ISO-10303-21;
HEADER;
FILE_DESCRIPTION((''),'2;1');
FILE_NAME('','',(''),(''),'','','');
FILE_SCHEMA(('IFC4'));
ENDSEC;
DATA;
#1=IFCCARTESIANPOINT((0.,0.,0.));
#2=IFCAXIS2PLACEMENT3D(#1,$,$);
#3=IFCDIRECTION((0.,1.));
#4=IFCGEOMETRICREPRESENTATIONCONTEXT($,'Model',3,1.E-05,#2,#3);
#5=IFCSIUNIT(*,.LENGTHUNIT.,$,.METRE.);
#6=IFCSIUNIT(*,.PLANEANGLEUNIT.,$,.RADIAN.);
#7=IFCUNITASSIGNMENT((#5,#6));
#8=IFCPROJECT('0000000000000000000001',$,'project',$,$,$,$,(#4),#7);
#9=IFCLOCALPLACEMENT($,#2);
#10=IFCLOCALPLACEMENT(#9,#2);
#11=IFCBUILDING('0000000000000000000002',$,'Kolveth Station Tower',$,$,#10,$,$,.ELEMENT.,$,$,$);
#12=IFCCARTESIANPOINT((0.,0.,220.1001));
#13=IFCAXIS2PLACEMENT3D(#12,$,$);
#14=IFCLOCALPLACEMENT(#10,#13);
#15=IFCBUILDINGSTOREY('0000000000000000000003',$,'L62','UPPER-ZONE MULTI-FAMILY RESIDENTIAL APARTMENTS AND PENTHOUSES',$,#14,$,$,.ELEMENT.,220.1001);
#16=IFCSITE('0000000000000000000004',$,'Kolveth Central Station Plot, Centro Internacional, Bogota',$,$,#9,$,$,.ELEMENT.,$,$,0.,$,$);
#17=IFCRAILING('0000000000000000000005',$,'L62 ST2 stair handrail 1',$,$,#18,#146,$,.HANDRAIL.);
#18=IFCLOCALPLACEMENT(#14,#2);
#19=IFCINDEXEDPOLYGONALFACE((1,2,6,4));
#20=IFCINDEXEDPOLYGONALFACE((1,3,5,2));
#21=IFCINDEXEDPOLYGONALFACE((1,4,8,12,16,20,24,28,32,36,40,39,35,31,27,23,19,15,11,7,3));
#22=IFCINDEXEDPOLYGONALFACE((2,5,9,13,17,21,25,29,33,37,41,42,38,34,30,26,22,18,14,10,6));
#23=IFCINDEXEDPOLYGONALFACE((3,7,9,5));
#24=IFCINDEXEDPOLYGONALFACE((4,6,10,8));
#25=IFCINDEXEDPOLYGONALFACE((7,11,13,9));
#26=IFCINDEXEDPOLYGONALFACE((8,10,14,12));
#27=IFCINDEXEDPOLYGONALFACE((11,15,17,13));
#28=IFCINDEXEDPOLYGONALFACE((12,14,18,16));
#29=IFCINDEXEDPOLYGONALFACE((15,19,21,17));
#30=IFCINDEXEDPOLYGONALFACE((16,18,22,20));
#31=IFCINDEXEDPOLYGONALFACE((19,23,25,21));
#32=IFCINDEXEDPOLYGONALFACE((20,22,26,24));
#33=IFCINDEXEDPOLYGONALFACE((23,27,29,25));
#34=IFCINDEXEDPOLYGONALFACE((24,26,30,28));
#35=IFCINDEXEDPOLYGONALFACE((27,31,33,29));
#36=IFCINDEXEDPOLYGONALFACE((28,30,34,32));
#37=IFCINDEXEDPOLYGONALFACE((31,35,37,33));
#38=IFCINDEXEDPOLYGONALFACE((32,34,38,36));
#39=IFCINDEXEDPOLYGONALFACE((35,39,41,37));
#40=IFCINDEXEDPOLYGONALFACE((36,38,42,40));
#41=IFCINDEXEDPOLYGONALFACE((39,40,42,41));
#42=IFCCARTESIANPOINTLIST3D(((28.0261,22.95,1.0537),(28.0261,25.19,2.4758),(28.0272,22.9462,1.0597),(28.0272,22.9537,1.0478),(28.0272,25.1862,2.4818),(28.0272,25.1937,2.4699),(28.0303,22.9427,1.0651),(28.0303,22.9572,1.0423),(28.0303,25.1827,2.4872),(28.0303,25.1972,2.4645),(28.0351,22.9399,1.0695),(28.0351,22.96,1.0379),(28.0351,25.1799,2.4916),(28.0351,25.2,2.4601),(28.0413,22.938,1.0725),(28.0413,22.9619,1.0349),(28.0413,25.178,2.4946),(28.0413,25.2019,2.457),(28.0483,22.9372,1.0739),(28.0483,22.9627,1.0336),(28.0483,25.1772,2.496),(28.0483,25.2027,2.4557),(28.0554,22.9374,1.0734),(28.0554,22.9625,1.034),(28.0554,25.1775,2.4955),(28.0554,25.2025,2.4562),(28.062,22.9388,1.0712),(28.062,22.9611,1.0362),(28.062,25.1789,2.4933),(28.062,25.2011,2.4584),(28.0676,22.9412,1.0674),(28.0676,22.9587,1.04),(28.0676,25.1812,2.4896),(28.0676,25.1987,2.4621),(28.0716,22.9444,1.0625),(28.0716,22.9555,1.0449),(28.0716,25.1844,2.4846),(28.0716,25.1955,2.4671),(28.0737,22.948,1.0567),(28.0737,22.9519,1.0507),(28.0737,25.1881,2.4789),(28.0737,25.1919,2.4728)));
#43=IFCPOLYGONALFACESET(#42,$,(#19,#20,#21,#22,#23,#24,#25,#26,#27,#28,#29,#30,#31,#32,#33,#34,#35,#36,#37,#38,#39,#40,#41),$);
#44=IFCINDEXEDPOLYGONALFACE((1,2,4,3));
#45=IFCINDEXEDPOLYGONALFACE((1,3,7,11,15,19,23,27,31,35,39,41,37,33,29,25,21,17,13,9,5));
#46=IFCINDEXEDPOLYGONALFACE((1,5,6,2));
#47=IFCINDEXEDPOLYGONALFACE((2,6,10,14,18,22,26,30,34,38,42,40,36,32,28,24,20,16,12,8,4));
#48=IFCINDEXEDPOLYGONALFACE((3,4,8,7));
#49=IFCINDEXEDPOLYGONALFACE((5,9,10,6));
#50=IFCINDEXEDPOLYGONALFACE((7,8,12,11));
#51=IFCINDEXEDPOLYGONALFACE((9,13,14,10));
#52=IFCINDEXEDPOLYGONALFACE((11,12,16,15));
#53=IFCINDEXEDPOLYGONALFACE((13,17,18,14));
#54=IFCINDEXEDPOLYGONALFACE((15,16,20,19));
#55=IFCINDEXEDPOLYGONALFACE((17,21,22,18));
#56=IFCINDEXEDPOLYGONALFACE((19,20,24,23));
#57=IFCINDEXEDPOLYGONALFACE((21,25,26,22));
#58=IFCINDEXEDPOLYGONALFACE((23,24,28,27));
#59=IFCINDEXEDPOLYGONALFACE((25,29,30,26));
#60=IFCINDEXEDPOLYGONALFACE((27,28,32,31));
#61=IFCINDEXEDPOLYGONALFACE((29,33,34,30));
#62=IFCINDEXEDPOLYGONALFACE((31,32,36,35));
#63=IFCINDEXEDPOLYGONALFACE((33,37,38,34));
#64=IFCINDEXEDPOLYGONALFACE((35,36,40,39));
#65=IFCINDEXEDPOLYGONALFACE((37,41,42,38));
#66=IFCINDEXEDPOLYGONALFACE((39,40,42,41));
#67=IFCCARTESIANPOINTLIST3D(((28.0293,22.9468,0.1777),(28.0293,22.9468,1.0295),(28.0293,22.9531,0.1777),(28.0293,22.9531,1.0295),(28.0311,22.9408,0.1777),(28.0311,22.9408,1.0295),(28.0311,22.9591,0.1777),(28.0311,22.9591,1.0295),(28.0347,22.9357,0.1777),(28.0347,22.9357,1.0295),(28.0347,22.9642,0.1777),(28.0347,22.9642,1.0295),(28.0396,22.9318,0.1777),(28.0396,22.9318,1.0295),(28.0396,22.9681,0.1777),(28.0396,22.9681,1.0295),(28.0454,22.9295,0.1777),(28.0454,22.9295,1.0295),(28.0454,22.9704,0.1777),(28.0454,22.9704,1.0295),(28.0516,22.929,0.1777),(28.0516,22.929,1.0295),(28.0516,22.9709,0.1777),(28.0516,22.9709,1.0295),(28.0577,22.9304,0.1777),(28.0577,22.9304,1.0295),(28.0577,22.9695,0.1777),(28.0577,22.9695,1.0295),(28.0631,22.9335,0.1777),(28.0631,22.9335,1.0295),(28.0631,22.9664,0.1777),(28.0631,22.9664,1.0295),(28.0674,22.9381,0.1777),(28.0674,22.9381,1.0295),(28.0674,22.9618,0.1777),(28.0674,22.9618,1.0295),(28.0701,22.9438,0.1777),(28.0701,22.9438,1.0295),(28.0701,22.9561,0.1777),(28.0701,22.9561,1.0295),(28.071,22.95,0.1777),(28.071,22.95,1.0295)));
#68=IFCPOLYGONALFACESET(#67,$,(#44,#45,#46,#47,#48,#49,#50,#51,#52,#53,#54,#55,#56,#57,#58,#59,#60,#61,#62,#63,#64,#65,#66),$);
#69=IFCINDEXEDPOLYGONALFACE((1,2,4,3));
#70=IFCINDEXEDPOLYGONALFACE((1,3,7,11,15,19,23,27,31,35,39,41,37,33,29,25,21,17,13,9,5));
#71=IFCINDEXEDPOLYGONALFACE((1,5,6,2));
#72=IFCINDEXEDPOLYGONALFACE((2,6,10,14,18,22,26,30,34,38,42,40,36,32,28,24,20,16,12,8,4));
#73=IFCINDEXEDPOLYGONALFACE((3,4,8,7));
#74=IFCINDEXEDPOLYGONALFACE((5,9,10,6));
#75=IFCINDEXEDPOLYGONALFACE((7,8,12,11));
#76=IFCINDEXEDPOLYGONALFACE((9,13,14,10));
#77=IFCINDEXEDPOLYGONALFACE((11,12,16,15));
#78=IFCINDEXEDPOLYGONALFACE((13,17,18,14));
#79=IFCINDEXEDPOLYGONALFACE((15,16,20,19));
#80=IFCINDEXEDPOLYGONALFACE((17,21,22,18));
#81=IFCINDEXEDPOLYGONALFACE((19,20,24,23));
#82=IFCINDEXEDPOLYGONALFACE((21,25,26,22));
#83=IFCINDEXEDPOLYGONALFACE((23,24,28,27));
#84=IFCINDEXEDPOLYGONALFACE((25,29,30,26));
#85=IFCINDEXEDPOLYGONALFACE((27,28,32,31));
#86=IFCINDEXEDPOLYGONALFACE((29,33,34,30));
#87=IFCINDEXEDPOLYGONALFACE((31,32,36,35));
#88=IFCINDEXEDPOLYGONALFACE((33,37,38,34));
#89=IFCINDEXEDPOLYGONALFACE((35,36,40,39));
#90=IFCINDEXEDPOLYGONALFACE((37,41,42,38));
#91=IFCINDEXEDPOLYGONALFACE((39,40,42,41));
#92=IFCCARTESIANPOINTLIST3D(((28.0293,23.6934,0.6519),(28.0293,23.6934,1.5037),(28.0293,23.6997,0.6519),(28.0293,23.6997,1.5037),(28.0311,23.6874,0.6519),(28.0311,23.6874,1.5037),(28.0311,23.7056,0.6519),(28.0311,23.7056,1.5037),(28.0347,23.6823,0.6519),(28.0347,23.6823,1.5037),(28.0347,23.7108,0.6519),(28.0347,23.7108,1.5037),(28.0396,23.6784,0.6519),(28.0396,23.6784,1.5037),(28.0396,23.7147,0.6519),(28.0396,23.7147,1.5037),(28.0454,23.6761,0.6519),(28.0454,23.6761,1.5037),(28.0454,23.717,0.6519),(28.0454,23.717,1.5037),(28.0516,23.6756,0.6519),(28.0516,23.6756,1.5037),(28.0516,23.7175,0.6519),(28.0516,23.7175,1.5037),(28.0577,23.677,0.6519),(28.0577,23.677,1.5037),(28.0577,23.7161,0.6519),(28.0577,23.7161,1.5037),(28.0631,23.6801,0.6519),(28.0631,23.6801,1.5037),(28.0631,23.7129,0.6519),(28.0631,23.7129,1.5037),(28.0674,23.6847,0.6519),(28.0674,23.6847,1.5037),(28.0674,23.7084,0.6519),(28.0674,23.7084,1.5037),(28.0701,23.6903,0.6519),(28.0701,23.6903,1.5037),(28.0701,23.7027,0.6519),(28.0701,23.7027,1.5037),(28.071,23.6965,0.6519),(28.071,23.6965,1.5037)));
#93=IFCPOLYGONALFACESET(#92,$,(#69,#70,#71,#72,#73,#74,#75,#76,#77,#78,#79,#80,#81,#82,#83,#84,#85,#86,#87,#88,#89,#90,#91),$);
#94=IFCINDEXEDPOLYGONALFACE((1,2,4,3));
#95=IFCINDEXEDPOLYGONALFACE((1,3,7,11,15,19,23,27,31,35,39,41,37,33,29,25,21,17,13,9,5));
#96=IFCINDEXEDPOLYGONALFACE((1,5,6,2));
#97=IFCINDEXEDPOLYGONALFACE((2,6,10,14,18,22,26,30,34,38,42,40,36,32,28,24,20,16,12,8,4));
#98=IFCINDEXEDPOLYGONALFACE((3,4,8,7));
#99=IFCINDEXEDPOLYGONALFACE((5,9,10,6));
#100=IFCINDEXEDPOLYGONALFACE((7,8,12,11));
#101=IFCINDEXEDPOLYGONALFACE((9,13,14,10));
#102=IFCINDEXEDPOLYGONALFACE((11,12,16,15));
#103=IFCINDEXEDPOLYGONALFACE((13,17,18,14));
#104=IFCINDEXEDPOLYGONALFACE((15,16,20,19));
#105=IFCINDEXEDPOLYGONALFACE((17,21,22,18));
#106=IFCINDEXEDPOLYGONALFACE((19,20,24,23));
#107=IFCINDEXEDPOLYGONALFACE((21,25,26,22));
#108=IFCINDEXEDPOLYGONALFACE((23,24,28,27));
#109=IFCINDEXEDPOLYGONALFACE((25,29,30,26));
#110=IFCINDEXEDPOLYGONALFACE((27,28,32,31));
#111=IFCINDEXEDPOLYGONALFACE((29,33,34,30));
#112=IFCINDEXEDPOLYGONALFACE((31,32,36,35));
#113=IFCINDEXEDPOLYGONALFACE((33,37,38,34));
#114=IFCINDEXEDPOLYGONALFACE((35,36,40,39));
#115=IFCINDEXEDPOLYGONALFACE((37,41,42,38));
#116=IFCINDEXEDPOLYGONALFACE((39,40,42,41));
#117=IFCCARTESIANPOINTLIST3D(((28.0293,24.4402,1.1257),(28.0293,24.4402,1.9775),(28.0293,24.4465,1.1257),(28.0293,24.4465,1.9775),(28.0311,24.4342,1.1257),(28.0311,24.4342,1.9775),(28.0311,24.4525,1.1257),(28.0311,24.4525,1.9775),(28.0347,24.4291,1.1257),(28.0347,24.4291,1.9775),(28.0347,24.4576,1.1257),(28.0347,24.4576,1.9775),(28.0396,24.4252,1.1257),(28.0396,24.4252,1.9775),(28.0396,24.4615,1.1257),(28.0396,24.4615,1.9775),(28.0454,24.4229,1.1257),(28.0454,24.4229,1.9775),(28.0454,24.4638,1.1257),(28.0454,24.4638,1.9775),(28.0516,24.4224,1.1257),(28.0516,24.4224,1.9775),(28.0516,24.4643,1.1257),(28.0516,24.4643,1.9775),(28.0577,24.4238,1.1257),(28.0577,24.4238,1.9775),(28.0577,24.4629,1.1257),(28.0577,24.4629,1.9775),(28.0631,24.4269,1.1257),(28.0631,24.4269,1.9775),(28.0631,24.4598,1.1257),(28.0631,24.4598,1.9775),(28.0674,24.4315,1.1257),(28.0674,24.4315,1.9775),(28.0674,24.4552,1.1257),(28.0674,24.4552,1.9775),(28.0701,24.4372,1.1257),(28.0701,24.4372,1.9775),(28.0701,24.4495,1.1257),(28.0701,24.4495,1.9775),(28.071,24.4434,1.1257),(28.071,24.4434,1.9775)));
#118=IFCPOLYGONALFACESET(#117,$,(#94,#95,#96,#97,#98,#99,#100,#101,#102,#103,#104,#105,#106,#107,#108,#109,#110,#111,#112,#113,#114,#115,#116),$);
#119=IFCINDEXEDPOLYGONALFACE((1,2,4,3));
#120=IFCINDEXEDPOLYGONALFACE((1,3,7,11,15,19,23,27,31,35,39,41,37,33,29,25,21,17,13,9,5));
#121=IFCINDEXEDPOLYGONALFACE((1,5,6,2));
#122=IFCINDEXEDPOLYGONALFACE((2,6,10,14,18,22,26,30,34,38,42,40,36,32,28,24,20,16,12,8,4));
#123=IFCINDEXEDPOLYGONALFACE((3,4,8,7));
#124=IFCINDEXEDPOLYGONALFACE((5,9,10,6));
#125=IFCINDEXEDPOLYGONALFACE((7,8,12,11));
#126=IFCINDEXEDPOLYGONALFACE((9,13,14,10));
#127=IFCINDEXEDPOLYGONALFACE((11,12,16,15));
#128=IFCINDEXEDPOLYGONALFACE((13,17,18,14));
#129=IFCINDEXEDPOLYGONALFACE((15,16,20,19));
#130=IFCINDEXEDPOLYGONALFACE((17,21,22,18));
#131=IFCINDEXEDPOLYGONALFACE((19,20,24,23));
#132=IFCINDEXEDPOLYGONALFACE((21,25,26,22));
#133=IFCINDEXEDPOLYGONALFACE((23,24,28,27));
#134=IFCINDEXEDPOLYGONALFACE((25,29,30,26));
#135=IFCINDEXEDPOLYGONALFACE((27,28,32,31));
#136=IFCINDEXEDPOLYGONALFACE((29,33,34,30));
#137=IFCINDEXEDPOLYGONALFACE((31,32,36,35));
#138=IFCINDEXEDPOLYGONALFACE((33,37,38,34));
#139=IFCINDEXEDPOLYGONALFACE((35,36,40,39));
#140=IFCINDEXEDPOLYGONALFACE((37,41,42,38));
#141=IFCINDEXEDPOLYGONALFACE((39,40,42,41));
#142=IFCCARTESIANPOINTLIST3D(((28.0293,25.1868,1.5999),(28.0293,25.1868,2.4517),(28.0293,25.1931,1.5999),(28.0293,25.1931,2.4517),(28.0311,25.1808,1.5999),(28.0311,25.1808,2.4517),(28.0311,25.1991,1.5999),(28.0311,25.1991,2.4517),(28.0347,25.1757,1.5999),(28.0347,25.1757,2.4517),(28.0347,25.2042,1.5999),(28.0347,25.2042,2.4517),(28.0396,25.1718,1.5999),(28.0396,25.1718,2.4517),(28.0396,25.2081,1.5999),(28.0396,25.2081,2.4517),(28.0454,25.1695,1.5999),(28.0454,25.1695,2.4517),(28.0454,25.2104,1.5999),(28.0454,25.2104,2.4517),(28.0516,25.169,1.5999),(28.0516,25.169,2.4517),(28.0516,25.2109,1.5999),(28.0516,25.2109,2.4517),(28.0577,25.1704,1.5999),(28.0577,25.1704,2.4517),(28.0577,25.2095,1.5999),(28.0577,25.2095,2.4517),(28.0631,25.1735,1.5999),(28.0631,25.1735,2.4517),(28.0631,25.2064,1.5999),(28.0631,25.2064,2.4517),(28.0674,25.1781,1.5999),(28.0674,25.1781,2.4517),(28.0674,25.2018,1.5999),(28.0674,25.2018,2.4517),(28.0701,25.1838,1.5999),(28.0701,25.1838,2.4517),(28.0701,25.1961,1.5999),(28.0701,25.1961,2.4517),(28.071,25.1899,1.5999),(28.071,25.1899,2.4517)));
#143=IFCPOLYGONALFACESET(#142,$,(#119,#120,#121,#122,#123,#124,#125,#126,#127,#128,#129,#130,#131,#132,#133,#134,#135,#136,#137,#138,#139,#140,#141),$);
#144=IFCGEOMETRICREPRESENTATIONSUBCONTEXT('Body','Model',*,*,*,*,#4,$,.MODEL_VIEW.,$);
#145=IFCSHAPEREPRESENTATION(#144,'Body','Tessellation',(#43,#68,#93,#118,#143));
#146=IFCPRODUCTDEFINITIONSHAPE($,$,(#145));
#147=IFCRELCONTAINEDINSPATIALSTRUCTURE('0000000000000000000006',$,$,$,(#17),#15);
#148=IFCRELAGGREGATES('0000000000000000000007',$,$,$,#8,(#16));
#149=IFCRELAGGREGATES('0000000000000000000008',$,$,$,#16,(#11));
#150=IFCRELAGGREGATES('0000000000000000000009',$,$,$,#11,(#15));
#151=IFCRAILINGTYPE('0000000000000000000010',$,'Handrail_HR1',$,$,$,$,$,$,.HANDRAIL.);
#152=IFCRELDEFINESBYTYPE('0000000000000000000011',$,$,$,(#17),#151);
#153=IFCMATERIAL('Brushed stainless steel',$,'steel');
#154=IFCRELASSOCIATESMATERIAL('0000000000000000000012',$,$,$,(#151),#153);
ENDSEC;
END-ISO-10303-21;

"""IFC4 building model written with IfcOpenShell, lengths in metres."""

from ifc_helpers import new_model, si_unit, direction, frame, origin, origin_2d, place, context, subcontext, project, spatial, circle, extrude, material, type_object, element, save


model = new_model("IFC4")

# Units and contexts
model_context = context("Model", 3, precision=1e-05, world=origin(), true_north=direction((0.0, 1.0)))
body_context = subcontext(model_context, "Body", "Model", "MODEL_VIEW")
ifc_project = project(units=[si_unit("LENGTHUNIT", "METRE"), si_unit("PLANEANGLEUNIT", "RADIAN")], contexts=[model_context])

# Site, building, storey
site_placement = place(None, origin())
site = spatial("IfcSite", under=ifc_project, at=site_placement, Name="Kolveth Central Station Plot, Centro Internacional, Bogota", CompositionType="ELEMENT", RefElevation=0.0)
building_placement = place(site_placement, origin())
building = spatial("IfcBuilding", under=site, at=building_placement, Name="Kolveth Station Tower", CompositionType="ELEMENT")
storey_placement = place(building_placement, frame((0.0, 0.0, 220.1001)))
storey = spatial("IfcBuildingStorey", under=building, at=storey_placement, Name="L62", Description="UPPER-ZONE MULTI-FAMILY RESIDENTIAL APARTMENTS AND PENTHOUSES", CompositionType="ELEMENT", Elevation=220.1001)

# Railing
ifc_material_1 = material(Name="Brushed stainless steel", Category="steel")
railing_type_1 = type_object("IfcRailingType", Name="Handrail_HR1", PredefinedType="HANDRAIL", material=ifc_material_1)
for number, where, name in (
    (1, (28.05, 22.95, 0.1777), "L62 ST2 stair handrail 1"),
):
    element("IfcRailing", number, at=place(storey_placement, frame(where)), inside=storey, type_object=railing_type_1, Name=name, PredefinedType="HANDRAIL", context=body_context, shape_type="SweptSolid", body=[
        extrude(circle(Radius=0.0239, at=origin_2d()), frame((0.0, 0.0, 0.876), z_axis=(0.0, 0.844229, 0.535982), x_axis=(-1.0, 0.0, 0.0)), (0.0, 0.0, 1.0), 2.6533),
        extrude(circle(Radius=0.021, at=origin_2d()), origin(), (0.0, 0.0, 1.0), 0.8518),
        extrude(circle(Radius=0.021, at=origin_2d()), frame((0.0, 0.7466, 0.4741)), (0.0, 0.0, 1.0), 0.8518),
        extrude(circle(Radius=0.021, at=origin_2d()), frame((0.0, 1.4934, 0.948)), (0.0, 0.0, 1.0), 0.8518),
        extrude(circle(Radius=0.021, at=origin_2d()), frame((0.0, 2.24, 1.4221)), (0.0, 0.0, 1.0), 0.8518),
    ])

save(model, "model.ifc")
